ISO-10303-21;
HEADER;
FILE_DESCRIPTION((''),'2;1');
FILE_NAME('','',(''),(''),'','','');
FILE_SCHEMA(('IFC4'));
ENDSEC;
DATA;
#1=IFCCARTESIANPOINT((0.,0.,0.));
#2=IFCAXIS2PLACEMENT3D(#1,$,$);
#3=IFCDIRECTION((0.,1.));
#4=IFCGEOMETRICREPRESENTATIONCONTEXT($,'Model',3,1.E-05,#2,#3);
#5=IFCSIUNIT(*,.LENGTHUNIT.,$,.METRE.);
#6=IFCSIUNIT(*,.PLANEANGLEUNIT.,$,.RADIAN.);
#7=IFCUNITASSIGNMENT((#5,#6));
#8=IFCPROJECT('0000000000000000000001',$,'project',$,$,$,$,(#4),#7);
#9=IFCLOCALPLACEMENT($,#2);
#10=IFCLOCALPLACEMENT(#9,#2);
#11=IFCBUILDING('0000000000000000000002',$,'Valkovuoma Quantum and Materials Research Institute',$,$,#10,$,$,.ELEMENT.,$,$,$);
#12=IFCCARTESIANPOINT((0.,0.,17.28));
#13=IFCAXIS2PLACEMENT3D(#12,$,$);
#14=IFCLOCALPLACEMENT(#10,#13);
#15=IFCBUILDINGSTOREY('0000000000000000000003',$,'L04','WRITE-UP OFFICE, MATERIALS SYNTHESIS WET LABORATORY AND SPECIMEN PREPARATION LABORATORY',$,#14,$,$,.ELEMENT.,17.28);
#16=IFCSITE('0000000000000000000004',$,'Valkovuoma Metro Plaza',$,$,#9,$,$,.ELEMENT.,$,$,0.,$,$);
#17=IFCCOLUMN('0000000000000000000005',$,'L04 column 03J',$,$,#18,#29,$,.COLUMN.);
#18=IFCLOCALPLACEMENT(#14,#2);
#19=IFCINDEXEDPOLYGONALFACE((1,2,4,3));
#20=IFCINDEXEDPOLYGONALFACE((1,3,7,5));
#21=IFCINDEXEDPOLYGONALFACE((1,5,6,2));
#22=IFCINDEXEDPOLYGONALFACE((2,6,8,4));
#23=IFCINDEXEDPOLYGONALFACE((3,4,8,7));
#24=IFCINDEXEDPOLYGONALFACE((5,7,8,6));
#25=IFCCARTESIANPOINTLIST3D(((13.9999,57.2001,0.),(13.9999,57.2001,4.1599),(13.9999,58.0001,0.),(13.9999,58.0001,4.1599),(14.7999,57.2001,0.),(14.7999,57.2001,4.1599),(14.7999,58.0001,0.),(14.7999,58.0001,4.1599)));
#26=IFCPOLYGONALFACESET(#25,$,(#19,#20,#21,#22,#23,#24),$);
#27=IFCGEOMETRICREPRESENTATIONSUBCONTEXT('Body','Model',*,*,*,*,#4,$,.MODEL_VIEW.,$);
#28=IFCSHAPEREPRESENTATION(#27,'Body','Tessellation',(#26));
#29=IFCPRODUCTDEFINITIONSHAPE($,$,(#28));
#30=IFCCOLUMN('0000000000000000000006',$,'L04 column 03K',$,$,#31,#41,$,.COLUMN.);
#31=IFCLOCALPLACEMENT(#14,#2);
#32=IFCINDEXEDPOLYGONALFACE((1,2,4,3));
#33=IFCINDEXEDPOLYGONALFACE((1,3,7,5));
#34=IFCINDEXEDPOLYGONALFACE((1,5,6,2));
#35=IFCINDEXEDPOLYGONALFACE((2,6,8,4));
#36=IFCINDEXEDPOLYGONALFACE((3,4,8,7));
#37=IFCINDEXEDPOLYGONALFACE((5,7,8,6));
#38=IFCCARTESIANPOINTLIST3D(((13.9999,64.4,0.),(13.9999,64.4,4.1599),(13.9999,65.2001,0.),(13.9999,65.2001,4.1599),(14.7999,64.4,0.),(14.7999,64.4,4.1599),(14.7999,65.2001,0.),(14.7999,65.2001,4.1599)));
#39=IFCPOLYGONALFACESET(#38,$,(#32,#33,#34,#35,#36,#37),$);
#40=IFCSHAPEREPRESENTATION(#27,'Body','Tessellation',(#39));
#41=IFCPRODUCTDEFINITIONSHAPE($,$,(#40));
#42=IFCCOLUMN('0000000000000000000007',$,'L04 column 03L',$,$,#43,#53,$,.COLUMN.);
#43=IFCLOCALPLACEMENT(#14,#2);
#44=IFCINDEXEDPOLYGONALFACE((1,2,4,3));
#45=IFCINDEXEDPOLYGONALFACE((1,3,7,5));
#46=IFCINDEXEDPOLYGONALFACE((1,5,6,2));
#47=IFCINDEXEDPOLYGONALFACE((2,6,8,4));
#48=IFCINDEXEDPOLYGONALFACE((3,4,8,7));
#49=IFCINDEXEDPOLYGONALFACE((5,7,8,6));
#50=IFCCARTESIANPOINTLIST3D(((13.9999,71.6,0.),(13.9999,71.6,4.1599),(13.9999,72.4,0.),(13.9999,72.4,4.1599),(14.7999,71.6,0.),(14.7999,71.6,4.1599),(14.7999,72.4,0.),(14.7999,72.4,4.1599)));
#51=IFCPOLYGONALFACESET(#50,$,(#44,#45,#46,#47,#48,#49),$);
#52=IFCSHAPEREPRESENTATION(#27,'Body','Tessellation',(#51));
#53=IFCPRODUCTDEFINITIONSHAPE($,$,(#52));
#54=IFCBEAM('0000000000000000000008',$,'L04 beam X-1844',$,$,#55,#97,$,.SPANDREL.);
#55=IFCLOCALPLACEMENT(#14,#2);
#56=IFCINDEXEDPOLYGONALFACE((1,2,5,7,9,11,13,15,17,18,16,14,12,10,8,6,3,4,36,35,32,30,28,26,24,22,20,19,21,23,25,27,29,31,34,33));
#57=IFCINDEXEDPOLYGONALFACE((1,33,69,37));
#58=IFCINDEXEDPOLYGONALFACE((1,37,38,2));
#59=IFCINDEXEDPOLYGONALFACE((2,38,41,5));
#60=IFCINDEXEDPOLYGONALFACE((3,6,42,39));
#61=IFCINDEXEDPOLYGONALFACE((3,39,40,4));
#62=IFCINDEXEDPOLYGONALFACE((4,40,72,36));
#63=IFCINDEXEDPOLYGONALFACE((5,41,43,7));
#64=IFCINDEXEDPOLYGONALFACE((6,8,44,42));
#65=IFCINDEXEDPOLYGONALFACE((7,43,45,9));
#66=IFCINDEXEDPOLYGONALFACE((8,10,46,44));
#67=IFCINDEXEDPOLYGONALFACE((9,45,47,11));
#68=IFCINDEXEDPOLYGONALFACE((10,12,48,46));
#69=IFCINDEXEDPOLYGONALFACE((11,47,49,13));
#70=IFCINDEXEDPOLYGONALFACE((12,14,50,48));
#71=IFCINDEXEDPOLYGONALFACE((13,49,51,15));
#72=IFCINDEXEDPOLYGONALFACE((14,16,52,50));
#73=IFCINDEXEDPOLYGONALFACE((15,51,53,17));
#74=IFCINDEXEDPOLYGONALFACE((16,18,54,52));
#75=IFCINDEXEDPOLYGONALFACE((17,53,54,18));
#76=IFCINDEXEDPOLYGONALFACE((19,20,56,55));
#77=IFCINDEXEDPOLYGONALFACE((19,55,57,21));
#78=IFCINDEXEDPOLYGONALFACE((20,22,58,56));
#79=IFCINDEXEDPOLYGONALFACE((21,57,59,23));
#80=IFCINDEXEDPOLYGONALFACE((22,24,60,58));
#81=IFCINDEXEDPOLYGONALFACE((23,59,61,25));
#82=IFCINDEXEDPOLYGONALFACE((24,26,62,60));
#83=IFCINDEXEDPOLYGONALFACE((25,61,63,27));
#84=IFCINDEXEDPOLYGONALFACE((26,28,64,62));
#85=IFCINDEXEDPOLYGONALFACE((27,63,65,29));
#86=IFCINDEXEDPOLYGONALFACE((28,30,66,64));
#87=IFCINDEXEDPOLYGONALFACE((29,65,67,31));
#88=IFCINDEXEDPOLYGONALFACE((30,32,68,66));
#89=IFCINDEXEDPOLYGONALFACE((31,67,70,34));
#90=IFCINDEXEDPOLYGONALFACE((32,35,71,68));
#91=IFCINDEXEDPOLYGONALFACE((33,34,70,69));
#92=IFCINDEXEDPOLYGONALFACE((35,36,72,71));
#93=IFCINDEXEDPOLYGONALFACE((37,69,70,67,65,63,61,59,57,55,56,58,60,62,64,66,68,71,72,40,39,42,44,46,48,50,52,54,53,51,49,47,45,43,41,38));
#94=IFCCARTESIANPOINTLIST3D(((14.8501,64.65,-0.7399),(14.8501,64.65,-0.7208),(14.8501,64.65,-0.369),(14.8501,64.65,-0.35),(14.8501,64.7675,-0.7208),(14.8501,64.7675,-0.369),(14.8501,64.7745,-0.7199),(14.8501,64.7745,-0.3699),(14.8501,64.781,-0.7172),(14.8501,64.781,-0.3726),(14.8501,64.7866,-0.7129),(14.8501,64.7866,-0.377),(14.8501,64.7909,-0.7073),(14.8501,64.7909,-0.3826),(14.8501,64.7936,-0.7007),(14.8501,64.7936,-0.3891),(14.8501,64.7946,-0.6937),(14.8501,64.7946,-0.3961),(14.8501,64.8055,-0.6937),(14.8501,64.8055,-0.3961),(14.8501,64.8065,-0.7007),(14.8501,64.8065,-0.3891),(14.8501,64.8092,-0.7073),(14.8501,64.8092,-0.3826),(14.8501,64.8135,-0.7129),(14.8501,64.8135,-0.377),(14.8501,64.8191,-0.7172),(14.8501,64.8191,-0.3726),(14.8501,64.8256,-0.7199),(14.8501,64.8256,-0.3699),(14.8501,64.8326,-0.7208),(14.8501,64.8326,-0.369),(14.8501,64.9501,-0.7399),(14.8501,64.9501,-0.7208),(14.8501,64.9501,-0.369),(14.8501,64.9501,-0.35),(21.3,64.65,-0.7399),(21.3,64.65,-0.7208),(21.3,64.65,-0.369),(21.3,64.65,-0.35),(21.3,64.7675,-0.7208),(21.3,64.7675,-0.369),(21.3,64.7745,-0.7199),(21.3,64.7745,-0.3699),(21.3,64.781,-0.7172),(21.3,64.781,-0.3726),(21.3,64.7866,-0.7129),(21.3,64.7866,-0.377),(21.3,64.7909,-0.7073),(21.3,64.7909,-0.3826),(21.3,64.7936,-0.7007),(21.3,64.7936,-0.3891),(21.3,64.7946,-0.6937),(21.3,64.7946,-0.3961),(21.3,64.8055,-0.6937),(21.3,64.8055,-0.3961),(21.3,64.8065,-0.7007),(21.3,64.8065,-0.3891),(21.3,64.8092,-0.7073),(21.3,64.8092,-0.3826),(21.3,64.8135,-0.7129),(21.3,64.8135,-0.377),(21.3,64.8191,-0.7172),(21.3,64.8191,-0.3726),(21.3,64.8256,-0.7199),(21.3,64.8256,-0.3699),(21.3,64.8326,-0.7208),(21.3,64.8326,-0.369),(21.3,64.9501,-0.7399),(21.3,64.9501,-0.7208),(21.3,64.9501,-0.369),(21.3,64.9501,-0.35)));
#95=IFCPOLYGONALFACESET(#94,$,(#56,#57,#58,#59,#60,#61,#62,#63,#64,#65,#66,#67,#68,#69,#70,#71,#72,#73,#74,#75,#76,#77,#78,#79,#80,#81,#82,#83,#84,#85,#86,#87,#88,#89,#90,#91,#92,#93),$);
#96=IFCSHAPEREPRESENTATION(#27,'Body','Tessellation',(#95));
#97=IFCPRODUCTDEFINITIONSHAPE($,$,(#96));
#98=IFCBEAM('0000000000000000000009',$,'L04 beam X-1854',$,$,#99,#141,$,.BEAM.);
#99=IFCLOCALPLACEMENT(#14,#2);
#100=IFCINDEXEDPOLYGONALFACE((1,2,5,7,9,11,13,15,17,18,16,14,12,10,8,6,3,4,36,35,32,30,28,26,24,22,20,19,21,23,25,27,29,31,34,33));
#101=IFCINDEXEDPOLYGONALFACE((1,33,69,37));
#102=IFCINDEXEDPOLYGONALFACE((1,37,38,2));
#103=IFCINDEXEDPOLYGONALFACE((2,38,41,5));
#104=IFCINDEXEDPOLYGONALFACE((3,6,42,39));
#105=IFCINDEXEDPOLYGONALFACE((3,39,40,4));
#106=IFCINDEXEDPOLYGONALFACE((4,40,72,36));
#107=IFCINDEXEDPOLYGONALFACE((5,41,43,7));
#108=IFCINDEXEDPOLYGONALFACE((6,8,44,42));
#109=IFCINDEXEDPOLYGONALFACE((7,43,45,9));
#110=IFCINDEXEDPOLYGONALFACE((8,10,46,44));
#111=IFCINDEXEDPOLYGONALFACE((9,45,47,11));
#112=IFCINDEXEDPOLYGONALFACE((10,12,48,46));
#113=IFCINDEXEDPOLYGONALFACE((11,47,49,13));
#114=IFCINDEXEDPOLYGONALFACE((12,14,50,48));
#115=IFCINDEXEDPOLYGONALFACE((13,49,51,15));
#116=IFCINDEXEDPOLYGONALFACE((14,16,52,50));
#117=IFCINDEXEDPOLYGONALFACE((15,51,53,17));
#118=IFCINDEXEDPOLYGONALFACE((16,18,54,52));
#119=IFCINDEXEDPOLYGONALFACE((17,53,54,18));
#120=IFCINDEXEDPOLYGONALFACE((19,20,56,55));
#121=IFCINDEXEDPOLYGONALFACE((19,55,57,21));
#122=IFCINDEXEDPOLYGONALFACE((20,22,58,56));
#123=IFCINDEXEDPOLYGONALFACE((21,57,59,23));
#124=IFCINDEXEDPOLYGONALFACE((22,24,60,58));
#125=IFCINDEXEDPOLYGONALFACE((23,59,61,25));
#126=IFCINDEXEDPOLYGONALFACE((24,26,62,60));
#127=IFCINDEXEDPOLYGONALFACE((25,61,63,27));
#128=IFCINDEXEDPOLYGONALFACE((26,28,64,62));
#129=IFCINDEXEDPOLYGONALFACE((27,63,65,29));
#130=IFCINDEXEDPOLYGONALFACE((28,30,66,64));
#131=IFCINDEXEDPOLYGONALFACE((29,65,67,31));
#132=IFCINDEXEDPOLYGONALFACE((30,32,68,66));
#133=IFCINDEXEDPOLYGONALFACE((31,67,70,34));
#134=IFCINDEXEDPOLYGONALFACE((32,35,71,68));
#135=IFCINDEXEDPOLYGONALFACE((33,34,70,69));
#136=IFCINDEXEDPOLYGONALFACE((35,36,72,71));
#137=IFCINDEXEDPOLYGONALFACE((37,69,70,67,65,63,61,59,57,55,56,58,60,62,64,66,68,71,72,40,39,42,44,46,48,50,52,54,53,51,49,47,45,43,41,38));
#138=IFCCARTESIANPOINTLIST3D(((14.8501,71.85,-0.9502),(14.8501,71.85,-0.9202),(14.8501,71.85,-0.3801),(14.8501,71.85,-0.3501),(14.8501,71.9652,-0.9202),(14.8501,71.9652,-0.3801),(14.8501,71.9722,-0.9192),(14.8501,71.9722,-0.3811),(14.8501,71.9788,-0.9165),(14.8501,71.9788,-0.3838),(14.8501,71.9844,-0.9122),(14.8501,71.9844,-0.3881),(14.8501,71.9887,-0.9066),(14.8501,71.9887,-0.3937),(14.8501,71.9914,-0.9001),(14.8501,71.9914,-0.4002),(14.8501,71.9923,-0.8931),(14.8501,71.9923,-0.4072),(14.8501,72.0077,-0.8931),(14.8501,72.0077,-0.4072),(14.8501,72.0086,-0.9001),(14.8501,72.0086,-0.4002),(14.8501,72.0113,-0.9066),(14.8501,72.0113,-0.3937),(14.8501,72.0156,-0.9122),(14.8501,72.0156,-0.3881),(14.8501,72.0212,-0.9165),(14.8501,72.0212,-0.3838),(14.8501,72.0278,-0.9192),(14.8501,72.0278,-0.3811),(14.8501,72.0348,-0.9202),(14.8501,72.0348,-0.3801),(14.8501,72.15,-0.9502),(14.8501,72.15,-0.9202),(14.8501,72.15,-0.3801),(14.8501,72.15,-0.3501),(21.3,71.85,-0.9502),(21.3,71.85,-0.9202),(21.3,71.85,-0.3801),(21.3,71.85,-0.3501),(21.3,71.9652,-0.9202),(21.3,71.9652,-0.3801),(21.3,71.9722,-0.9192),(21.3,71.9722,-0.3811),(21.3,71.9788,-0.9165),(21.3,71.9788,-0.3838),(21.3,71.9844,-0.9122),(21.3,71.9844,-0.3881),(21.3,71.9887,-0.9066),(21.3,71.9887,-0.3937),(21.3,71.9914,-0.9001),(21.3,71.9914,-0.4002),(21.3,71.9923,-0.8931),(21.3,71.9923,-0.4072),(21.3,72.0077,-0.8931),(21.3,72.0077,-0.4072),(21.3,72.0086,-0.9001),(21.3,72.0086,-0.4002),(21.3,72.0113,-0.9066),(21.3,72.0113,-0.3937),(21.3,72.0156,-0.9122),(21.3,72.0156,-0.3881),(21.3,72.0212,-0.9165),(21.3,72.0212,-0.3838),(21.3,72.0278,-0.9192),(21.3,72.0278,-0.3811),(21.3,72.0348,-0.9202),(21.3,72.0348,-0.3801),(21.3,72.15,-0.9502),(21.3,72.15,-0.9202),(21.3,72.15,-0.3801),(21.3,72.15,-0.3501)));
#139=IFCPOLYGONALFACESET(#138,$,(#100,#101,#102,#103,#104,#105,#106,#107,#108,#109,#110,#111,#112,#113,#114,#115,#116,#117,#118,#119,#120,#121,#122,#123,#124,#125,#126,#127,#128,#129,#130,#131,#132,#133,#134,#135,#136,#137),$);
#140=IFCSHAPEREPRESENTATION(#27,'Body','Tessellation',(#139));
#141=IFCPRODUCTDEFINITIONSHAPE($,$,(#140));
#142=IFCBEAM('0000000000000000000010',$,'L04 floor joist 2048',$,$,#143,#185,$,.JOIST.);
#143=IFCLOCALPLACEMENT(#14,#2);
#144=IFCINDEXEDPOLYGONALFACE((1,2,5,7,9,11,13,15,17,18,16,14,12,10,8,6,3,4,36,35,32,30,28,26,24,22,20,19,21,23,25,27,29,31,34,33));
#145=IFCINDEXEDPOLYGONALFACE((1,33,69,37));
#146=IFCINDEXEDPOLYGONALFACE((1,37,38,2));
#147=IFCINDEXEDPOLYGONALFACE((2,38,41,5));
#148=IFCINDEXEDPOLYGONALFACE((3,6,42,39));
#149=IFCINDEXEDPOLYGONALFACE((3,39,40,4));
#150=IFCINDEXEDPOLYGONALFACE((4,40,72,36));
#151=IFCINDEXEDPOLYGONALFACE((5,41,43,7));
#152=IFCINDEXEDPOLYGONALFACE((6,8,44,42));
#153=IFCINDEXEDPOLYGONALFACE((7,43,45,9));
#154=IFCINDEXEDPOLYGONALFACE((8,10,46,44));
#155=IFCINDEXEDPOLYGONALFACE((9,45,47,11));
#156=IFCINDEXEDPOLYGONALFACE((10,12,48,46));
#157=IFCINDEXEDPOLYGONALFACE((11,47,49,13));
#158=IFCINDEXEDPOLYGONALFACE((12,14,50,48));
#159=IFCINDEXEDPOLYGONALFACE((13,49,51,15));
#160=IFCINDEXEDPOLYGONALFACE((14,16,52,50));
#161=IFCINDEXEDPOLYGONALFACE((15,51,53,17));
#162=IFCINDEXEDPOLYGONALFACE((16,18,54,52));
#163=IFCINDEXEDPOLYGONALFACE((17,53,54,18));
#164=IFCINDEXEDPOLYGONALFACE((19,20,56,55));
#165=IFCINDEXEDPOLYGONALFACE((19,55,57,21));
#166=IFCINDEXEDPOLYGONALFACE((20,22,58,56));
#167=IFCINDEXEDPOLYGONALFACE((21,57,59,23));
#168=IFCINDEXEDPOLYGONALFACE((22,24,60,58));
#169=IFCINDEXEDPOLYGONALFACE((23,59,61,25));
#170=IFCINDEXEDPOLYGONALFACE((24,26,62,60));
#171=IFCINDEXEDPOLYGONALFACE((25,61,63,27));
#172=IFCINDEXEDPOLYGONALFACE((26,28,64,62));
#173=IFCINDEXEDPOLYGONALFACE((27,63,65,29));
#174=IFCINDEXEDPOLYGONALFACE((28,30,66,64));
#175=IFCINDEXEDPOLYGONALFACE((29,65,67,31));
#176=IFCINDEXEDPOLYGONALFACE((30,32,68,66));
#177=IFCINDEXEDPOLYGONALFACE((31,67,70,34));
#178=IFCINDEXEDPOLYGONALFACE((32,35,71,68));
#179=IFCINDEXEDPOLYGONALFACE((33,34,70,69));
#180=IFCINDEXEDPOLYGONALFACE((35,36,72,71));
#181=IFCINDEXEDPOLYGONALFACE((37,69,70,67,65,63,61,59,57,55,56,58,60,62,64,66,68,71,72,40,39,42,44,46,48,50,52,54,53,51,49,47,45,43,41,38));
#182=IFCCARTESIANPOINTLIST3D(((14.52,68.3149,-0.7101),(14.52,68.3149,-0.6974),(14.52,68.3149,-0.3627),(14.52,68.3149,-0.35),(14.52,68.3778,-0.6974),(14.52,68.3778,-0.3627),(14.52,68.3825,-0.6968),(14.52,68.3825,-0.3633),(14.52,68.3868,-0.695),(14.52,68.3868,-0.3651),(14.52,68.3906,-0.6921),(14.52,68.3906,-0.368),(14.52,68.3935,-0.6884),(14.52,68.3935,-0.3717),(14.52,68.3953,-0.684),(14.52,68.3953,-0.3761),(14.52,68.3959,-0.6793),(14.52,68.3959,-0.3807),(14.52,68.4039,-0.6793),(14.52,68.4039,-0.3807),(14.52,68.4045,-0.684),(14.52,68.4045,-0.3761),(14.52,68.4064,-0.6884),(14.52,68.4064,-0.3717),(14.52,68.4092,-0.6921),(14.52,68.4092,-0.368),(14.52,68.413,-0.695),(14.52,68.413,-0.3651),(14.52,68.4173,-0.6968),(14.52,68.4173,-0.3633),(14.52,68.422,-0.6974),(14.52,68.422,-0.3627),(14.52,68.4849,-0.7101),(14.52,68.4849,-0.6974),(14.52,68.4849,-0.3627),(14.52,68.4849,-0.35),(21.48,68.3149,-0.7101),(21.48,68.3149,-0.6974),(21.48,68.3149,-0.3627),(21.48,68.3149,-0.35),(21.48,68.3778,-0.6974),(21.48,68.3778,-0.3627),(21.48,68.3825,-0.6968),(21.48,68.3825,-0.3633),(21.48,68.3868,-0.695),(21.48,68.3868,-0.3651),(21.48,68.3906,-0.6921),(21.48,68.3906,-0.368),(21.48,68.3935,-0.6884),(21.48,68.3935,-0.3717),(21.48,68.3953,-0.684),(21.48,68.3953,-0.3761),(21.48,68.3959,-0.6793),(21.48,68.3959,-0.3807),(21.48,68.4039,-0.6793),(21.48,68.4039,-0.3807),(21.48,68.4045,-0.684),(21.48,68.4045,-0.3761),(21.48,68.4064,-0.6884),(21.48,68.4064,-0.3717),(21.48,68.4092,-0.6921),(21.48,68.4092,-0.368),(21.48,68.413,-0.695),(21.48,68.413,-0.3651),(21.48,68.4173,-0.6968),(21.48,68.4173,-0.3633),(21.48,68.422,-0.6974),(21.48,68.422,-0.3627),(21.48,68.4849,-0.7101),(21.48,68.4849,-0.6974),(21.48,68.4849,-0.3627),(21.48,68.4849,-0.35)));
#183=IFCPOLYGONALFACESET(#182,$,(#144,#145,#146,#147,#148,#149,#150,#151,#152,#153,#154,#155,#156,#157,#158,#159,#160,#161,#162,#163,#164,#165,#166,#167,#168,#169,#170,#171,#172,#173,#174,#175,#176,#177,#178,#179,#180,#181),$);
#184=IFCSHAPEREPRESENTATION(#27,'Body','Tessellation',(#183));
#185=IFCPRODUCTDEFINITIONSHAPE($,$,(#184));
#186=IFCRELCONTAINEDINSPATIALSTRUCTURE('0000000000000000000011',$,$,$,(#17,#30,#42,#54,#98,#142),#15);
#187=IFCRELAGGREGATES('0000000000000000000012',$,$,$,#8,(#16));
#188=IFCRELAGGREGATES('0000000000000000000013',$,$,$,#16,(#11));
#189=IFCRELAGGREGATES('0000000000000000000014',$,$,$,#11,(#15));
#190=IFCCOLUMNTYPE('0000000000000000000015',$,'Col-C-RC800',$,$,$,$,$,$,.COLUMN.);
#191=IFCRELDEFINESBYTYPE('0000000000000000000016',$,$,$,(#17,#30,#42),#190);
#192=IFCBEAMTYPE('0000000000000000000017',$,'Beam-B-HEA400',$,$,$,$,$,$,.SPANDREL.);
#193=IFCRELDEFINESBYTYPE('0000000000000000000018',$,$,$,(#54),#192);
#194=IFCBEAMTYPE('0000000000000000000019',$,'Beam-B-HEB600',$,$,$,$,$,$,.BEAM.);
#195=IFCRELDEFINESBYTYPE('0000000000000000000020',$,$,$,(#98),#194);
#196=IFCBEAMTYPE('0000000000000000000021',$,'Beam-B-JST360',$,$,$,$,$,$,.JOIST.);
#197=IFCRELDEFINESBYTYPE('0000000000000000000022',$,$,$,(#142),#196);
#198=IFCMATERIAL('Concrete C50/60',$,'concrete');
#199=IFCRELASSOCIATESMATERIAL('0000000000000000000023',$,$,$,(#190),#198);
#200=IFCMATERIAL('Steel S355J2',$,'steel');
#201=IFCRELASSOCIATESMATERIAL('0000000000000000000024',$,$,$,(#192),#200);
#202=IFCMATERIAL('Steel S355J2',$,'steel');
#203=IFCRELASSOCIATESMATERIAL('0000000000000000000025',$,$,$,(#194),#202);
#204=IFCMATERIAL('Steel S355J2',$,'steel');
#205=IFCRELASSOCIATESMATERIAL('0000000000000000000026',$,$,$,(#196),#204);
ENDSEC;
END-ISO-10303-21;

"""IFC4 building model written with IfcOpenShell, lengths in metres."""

from ifc_helpers import new_model, si_unit, direction, frame, origin, origin_2d, place, context, subcontext, project, spatial, rectangle, i_section, extrude, material, material_profile, profile_set, type_object, element, save


model = new_model("IFC4")

# Units and contexts
model_context = context("Model", 3, precision=1e-05, world=origin(), true_north=direction((0.0, 1.0)))
body_context = subcontext(model_context, "Body", "Model", "MODEL_VIEW")
ifc_project = project(units=[si_unit("LENGTHUNIT", "METRE"), si_unit("PLANEANGLEUNIT", "RADIAN")], contexts=[model_context])

# Site, building, storey
site_placement = place(None, origin())
site = spatial("IfcSite", under=ifc_project, at=site_placement, Name="Valkovuoma Metro Plaza", CompositionType="ELEMENT", RefElevation=0.0)
building_placement = place(site_placement, origin())
building = spatial("IfcBuilding", under=site, at=building_placement, Name="Valkovuoma Quantum and Materials Research Institute", CompositionType="ELEMENT")
storey_placement = place(building_placement, frame((0.0, 0.0, 17.28)))
storey = spatial("IfcBuildingStorey", under=building, at=storey_placement, Name="L04", Description="WRITE-UP OFFICE, MATERIALS SYNTHESIS WET LABORATORY AND SPECIMEN PREPARATION LABORATORY", CompositionType="ELEMENT", Elevation=17.28)

# Columns
ifc_material_1 = material(Name="Concrete C50/60", Category="concrete")
ifc_material_profile_1 = material_profile(ifc_material_1, rectangle(XDim=0.8, YDim=0.8, at=origin_2d()), Name="Concrete C50/60")
ifc_profile_set_1 = profile_set([ifc_material_profile_1], Name="Concrete C50/60")
column_type = type_object("IfcColumnType", Name="Col-C-RC800", PredefinedType="COLUMN", material=ifc_profile_set_1)
for number, where, z_axis, x_axis, name in (
    (1, (14.3999, 57.6001, 0.0), (0.0, 0.0, 1.0), (1.0, 0.0, 0.0), "L04 column 03J"),
    (2, (14.3999, 64.8, 0.0), (0.0, 0.0, 1.0), (1.0, 0.0, 0.0), "L04 column 03K"),
    (3, (14.3999, 72.0, 0.0), (0.0, 0.0, 1.0), (1.0, 0.0, 0.0), "L04 column 03L"),
):
    element("IfcColumn", number, at=place(storey_placement, frame(where, z_axis=z_axis, x_axis=x_axis)), inside=storey, type_object=column_type, Name=name, PredefinedType="COLUMN", context=body_context, shape_type="SweptSolid", body=[
        extrude(rectangle(XDim=0.8, YDim=0.8, at=origin_2d()), origin(), (0.0, 0.0, 1.0), 4.1599),
    ])

# Beams
ifc_material_2 = material(Name="Steel S355J2", Category="steel")
ifc_material_profile_2 = material_profile(ifc_material_2, i_section(OverallWidth=0.3, OverallDepth=0.3899, WebThickness=0.011, FlangeThickness=0.019, FilletRadius=0.0271, at=origin_2d()), Name="Steel S355J2")
ifc_profile_set_2 = profile_set([ifc_material_profile_2], Name="Steel S355J2")
beam_type_1 = type_object("IfcBeamType", Name="Beam-B-HEA400", PredefinedType="SPANDREL", material=ifc_profile_set_2)
beam_1_placement = place(storey_placement, frame((14.8501, 64.8, -0.5449), z_axis=(1.0, 0.0, 0.0), x_axis=(0.0, 1.0, 0.0)))
element("IfcBeam", 4, at=beam_1_placement, inside=storey, type_object=beam_type_1, Name="L04 beam X-1844", PredefinedType="SPANDREL", context=body_context, shape_type="SweptSolid", body=[
    extrude(i_section(OverallWidth=0.3, OverallDepth=0.3899, WebThickness=0.011, FlangeThickness=0.019, FilletRadius=0.0271, at=origin_2d()), origin(), (0.0, 0.0, 1.0), 6.45),
])
ifc_material_3 = material(Name="Steel S355J2", Category="steel")
ifc_material_profile_3 = material_profile(ifc_material_3, i_section(OverallWidth=0.3, OverallDepth=0.6001, WebThickness=0.0154, FlangeThickness=0.03, FilletRadius=0.0271, at=origin_2d()), Name="Steel S355J2")
ifc_profile_set_3 = profile_set([ifc_material_profile_3], Name="Steel S355J2")
beam_type_2 = type_object("IfcBeamType", Name="Beam-B-HEB600", PredefinedType="BEAM", material=ifc_profile_set_3)
beam_2_placement = place(storey_placement, frame((14.8501, 72.0, -0.6501), z_axis=(1.0, 0.0, 0.0), x_axis=(0.0, 1.0, 0.0)))
element("IfcBeam", 5, at=beam_2_placement, inside=storey, type_object=beam_type_2, Name="L04 beam X-1854", PredefinedType="BEAM", context=body_context, shape_type="SweptSolid", body=[
    extrude(i_section(OverallWidth=0.3, OverallDepth=0.6001, WebThickness=0.0154, FlangeThickness=0.03, FilletRadius=0.0271, at=origin_2d()), origin(), (0.0, 0.0, 1.0), 6.45),
])
ifc_material_4 = material(Name="Steel S355J2", Category="steel")
ifc_material_profile_4 = material_profile(ifc_material_4, i_section(OverallWidth=0.1699, OverallDepth=0.3601, WebThickness=0.0081, FlangeThickness=0.0127, FilletRadius=0.0181, at=origin_2d()), Name="Steel S355J2")
ifc_profile_set_4 = profile_set([ifc_material_profile_4], Name="Steel S355J2")
beam_type_3 = type_object("IfcBeamType", Name="Beam-B-JST360", PredefinedType="JOIST", material=ifc_profile_set_4)
for number, where, z_axis, x_axis, name in (
    (6, (14.52, 68.3999, -0.53), (1.0, 0.0, 0.0), (0.0, 1.0, 0.0), "L04 floor joist 2048"),
):
    element("IfcBeam", number, at=place(storey_placement, frame(where, z_axis=z_axis, x_axis=x_axis)), inside=storey, type_object=beam_type_3, Name=name, PredefinedType="JOIST", context=body_context, shape_type="SweptSolid", body=[
        extrude(i_section(OverallWidth=0.1699, OverallDepth=0.3601, WebThickness=0.0081, FlangeThickness=0.0127, FilletRadius=0.0181, at=origin_2d()), origin(), (0.0, 0.0, 1.0), 6.96),
    ])

save(model, "model.ifc")
